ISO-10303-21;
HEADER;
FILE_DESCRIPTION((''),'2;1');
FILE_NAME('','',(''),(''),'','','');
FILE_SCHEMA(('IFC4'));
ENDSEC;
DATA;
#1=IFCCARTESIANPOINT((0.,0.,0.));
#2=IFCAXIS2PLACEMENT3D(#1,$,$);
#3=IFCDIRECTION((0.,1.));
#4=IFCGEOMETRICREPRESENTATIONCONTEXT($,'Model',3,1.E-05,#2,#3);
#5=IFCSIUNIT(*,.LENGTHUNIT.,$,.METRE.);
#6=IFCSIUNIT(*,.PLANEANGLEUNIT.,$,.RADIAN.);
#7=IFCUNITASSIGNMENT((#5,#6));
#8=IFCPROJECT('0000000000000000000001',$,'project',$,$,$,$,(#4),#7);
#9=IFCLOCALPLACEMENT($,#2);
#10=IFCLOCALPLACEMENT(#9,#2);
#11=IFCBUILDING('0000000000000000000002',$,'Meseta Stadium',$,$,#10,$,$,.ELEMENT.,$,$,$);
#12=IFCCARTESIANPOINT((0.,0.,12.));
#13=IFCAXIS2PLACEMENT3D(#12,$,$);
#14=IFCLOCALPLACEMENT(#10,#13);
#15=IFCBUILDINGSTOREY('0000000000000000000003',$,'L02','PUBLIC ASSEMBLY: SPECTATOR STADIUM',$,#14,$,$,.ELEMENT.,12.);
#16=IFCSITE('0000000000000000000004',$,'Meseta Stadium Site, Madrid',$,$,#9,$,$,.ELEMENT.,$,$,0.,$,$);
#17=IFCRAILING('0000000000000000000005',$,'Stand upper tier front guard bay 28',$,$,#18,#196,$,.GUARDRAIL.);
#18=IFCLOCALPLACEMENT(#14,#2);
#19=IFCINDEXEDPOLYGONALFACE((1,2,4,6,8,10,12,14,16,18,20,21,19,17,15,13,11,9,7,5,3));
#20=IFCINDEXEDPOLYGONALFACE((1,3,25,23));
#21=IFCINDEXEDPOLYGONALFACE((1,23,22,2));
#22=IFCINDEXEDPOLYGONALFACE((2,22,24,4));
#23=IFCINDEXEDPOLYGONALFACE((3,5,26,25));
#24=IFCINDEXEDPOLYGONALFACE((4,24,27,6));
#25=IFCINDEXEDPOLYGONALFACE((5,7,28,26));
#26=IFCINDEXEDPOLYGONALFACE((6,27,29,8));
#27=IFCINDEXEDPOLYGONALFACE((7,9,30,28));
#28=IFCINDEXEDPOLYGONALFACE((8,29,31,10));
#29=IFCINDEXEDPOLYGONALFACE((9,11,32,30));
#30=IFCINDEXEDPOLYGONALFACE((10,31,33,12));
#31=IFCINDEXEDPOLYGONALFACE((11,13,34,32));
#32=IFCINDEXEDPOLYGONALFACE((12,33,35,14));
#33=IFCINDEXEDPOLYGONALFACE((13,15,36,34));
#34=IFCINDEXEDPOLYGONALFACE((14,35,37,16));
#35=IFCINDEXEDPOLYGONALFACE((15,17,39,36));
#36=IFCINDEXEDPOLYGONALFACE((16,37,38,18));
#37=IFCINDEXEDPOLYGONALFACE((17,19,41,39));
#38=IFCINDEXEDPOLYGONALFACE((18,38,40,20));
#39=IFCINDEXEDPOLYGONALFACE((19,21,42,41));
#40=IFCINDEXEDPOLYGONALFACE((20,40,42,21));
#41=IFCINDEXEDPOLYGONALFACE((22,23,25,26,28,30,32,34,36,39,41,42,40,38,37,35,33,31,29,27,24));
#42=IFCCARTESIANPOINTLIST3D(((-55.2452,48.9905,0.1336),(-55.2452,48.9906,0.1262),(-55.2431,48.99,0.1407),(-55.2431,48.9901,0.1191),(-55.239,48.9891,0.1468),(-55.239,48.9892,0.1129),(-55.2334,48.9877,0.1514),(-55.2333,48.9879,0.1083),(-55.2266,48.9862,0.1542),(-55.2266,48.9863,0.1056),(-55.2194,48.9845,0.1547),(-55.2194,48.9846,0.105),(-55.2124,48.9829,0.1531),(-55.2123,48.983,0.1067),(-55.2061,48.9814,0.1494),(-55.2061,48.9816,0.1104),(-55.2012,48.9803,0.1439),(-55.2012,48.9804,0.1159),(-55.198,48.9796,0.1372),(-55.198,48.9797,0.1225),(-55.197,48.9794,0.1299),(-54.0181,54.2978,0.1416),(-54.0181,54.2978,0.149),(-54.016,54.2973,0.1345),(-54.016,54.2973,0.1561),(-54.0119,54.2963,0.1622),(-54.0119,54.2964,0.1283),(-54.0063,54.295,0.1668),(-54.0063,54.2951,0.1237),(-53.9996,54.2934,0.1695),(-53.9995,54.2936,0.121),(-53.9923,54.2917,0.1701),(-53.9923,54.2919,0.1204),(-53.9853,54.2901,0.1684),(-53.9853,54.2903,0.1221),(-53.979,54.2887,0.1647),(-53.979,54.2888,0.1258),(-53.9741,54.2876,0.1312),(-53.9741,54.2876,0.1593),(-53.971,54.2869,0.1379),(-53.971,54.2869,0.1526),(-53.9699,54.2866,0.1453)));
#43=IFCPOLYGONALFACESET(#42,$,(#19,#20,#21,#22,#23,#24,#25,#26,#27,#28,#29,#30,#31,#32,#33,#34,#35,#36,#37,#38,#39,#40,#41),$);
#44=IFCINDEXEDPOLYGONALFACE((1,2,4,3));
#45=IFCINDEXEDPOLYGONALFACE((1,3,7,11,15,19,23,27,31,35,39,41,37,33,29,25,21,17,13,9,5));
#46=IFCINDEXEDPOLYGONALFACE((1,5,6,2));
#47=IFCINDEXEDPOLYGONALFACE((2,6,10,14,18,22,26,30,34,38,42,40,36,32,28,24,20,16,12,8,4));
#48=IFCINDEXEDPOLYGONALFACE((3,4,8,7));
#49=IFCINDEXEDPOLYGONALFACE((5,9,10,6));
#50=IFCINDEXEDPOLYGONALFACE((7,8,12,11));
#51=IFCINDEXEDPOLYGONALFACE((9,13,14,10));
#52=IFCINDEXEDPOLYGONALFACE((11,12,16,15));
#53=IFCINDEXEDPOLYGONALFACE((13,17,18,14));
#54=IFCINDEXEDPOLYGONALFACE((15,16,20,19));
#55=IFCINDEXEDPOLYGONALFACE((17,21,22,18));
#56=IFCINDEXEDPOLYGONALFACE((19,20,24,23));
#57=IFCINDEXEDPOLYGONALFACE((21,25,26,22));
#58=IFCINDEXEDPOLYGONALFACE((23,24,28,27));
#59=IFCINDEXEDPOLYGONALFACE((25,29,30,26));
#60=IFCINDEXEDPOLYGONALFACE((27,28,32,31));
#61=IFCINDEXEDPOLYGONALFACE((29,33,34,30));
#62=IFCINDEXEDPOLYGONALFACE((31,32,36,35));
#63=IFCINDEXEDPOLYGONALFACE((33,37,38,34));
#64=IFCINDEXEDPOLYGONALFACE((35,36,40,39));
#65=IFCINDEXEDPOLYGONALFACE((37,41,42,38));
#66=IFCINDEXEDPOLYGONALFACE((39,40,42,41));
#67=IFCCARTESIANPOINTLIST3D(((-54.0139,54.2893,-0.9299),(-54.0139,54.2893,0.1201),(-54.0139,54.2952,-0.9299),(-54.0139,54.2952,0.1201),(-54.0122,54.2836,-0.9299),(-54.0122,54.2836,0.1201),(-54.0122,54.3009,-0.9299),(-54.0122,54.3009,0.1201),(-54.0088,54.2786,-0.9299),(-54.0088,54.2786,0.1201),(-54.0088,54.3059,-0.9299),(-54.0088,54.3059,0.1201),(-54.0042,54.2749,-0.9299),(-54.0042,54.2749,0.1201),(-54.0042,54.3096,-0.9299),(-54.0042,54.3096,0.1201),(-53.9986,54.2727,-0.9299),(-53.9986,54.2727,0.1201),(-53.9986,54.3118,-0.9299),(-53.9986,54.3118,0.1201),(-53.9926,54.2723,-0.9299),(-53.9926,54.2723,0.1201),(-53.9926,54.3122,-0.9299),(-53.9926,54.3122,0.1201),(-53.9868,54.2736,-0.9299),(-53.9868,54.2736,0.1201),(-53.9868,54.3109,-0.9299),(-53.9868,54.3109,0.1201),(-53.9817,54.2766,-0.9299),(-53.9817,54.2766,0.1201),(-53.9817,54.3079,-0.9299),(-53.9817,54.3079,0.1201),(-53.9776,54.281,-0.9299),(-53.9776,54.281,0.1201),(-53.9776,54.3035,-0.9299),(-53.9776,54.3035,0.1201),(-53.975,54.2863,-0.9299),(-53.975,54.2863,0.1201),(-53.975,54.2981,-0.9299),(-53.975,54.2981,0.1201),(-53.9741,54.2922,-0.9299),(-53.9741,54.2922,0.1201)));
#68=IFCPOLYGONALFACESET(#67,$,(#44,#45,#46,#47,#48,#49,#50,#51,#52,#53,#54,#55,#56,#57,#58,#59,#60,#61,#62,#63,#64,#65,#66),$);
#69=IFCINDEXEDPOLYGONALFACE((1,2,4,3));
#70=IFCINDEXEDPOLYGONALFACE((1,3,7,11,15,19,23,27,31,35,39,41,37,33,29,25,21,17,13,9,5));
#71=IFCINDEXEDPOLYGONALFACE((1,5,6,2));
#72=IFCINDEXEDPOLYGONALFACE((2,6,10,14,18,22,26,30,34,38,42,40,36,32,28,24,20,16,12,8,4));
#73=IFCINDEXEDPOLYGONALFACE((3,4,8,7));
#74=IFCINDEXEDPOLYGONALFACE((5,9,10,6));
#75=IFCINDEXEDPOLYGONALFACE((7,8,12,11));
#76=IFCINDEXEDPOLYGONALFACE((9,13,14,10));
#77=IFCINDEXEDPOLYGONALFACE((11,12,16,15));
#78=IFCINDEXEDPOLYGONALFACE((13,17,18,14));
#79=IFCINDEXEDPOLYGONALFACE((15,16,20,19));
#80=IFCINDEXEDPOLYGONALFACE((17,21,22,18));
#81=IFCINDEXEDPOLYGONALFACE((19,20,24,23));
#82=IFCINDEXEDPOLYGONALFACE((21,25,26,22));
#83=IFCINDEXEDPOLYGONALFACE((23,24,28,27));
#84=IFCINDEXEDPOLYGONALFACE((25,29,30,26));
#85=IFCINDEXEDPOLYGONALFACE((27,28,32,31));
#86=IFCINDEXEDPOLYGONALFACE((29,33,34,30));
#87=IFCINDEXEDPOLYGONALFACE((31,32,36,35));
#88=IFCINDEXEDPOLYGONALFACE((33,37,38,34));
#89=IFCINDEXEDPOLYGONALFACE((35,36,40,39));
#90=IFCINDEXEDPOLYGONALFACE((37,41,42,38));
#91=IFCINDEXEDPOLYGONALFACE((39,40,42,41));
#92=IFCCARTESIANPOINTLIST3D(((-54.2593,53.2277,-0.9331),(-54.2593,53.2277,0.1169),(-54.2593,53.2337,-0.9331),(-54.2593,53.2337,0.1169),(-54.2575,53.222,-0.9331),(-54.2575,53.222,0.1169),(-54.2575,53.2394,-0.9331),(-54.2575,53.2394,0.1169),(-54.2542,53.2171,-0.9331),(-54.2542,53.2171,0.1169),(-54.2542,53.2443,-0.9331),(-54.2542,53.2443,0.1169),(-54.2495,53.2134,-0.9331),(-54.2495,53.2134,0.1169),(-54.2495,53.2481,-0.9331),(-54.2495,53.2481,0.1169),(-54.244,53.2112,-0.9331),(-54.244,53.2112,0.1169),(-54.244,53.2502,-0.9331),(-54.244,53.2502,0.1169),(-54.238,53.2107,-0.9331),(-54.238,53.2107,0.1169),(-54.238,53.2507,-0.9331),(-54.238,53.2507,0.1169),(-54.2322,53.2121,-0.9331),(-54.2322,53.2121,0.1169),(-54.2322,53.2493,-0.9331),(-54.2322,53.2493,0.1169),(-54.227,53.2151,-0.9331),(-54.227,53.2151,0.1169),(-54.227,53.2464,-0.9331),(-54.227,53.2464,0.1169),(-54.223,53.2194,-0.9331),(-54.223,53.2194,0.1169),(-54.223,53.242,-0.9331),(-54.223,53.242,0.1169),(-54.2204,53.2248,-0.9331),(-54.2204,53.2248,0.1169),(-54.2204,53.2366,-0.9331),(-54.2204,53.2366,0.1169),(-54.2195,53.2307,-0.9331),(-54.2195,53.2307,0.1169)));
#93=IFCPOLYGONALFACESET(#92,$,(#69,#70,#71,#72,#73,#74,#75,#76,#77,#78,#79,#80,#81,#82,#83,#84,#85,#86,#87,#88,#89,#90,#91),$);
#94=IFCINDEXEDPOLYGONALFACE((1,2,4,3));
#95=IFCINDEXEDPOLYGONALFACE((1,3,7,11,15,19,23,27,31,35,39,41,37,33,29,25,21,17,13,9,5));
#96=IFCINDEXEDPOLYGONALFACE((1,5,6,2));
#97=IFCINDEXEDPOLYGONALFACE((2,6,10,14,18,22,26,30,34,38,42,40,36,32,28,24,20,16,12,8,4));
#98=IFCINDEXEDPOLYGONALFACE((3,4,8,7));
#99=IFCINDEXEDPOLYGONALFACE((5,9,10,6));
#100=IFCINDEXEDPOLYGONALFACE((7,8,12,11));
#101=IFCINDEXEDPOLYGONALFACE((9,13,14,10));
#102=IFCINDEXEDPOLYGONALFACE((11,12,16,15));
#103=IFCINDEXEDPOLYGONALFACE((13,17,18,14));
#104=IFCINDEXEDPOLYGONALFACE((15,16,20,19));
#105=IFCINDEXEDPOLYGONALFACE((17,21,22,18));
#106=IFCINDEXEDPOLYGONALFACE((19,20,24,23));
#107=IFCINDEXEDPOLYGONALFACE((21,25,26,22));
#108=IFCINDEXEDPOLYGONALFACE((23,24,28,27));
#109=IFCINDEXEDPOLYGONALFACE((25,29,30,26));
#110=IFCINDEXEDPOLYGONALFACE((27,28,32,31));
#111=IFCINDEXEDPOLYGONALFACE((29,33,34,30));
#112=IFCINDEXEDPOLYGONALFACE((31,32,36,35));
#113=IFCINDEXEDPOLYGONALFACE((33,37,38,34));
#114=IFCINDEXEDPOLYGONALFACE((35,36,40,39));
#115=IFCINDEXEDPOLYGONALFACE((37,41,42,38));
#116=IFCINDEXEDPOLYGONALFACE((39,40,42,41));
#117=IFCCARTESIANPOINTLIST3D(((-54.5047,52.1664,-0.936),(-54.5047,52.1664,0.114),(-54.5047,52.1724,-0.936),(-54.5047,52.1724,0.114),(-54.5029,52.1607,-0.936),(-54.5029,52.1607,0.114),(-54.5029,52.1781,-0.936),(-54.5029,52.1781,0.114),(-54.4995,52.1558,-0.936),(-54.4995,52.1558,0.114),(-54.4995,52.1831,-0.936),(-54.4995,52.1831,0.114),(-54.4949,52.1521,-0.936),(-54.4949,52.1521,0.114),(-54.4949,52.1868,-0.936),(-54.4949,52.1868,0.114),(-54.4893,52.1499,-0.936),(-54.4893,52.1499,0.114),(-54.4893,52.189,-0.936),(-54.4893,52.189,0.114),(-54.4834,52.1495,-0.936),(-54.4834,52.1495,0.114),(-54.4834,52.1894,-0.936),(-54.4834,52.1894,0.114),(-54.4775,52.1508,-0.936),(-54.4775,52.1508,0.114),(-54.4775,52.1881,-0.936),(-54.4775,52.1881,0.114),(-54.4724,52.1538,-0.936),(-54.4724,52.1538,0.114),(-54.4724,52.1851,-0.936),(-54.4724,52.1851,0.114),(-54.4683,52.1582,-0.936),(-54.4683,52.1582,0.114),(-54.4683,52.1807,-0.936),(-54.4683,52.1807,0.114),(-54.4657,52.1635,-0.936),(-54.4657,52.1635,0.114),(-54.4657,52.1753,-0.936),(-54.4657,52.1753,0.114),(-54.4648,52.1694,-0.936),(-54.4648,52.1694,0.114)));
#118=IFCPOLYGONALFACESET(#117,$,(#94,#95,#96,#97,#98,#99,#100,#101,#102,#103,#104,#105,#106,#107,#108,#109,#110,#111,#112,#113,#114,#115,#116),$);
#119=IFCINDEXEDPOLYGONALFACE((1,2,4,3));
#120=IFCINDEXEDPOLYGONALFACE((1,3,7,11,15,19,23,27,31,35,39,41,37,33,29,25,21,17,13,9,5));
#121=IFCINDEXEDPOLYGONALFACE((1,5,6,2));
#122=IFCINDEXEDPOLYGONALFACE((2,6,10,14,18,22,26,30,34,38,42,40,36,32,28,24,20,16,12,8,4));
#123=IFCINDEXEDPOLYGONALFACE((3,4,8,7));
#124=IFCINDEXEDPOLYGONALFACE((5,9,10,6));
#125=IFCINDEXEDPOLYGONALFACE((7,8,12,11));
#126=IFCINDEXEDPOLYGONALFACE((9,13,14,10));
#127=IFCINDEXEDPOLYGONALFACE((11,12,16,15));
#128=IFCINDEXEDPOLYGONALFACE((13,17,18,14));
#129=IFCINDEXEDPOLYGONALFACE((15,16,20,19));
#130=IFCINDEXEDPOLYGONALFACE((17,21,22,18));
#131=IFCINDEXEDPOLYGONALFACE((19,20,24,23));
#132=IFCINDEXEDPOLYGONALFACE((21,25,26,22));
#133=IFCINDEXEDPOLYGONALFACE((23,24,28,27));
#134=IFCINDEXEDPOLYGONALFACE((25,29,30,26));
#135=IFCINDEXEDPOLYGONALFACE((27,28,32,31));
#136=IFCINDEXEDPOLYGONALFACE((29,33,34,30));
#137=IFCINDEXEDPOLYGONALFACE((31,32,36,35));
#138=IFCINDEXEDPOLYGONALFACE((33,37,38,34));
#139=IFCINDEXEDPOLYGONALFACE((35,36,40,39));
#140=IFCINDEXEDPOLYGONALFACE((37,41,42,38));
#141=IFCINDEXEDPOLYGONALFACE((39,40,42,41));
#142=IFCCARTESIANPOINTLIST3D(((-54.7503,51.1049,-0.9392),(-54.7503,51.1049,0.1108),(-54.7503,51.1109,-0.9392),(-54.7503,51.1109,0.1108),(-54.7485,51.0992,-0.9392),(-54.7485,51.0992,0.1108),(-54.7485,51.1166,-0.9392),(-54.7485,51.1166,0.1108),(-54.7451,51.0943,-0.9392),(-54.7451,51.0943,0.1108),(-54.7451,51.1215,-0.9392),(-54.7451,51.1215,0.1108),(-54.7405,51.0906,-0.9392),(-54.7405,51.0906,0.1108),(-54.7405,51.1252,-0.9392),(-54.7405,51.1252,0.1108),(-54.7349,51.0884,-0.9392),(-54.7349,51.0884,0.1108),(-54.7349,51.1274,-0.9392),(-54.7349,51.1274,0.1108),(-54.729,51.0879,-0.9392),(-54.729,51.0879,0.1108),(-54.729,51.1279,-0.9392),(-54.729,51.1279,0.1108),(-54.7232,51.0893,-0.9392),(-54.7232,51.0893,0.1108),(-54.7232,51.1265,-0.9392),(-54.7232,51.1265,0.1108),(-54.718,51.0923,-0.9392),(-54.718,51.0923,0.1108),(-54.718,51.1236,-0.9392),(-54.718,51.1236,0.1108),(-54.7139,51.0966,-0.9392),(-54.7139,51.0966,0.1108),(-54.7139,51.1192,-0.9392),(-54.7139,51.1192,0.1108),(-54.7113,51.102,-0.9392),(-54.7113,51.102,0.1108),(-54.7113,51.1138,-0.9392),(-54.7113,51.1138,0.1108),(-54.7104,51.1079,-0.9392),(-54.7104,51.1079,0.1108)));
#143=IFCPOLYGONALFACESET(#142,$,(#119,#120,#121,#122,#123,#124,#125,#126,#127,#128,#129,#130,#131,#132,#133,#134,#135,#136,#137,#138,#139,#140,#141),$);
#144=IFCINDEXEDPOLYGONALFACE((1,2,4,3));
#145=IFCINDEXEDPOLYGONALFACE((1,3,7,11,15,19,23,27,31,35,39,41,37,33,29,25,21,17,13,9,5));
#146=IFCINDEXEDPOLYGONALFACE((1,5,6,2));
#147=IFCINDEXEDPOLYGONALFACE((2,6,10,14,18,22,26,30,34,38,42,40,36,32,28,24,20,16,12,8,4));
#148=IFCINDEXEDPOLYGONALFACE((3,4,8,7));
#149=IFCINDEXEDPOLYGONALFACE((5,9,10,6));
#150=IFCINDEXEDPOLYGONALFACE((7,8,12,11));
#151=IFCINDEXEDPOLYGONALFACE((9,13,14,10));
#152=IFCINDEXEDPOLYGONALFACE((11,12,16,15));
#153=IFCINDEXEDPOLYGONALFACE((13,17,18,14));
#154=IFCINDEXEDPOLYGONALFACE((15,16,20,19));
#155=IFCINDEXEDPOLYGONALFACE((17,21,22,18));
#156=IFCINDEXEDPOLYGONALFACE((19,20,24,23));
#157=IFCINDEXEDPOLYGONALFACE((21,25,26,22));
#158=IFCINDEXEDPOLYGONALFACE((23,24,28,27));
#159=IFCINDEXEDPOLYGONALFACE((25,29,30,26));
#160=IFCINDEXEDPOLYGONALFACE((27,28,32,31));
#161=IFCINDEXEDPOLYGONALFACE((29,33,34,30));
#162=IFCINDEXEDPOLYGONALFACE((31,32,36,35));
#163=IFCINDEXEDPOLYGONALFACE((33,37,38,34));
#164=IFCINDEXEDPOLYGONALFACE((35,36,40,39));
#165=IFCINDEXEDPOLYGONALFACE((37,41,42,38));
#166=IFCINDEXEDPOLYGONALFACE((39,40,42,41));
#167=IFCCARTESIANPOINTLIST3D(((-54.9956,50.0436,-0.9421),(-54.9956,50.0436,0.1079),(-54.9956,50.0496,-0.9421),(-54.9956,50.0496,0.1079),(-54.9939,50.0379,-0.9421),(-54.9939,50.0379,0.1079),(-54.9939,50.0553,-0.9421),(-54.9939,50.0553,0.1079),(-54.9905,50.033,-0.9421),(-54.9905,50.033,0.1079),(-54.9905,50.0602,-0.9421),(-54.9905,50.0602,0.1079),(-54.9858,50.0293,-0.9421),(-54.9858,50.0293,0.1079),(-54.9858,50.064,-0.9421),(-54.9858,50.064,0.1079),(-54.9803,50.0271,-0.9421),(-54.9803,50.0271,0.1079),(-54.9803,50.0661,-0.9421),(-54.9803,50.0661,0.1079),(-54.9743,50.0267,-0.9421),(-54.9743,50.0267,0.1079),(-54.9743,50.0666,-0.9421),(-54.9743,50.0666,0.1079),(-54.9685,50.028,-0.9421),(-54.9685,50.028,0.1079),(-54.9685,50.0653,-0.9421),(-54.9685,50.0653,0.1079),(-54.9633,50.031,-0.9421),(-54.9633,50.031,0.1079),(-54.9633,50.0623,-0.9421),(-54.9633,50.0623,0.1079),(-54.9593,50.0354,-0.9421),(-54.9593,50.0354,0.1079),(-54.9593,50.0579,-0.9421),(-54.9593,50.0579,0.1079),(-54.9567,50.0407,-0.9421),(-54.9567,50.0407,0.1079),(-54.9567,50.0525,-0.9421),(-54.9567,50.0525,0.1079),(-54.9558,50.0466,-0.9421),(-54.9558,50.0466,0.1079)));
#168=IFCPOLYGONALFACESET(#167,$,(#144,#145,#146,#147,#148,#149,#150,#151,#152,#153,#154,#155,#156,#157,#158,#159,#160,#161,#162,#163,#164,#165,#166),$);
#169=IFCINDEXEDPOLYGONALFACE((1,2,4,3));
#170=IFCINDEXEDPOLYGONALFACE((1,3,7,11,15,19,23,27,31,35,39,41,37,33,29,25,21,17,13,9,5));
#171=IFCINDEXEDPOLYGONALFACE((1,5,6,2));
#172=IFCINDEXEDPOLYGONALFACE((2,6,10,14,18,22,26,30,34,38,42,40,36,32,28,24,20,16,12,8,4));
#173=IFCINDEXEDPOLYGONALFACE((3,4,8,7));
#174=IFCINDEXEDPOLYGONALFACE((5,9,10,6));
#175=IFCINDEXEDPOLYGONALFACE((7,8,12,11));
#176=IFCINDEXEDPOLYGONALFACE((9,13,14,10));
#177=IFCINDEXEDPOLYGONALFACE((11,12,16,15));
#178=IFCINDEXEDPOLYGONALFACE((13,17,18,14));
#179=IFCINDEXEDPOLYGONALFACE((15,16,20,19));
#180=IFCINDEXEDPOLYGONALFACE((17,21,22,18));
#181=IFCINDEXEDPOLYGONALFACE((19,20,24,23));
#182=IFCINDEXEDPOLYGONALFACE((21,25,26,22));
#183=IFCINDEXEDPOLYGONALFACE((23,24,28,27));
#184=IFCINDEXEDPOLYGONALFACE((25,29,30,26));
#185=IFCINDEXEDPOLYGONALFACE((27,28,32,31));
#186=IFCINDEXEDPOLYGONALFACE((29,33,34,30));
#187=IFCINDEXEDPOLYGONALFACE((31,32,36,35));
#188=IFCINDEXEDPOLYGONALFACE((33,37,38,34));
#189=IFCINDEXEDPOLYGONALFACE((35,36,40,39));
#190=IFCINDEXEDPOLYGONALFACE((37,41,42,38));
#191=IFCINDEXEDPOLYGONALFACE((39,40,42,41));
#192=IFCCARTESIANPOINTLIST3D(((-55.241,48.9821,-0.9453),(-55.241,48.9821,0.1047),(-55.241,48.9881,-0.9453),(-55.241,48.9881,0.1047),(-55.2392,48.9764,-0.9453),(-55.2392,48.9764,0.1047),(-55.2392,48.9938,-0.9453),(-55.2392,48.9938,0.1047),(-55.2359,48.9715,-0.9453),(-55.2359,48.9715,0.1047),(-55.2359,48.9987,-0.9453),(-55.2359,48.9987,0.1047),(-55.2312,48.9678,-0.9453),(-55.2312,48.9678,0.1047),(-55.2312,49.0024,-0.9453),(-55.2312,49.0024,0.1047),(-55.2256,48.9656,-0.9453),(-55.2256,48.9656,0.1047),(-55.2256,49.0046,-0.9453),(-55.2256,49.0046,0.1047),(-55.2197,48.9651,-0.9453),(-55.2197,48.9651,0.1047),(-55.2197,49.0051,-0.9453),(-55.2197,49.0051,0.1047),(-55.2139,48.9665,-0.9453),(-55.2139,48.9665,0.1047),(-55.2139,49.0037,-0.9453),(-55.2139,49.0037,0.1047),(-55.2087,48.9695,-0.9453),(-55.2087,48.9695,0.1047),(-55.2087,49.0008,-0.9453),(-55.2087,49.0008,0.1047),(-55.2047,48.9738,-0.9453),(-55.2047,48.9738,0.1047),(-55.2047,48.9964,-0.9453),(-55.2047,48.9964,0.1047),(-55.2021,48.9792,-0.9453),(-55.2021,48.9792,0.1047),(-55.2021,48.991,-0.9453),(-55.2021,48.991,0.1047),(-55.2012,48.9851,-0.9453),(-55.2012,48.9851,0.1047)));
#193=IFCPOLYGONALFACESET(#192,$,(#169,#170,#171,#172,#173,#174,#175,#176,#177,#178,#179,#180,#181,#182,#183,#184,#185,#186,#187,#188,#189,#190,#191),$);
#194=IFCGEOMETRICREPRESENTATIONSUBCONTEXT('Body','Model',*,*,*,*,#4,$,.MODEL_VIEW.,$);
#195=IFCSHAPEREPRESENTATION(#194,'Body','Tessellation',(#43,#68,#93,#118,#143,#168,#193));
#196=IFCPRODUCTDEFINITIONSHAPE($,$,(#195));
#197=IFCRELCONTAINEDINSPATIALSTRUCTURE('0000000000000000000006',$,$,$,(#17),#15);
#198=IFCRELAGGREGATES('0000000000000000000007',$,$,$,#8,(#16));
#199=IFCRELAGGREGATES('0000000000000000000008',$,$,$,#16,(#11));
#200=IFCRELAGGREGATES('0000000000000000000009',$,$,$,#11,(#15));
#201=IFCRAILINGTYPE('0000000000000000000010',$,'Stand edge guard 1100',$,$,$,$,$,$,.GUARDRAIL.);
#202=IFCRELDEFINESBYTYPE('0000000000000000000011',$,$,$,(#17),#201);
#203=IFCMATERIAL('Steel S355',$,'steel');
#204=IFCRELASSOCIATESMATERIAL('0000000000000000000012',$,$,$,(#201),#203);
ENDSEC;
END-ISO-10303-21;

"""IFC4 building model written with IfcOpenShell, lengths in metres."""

from ifc_helpers import new_model, si_unit, direction, frame, origin, origin_2d, place, context, subcontext, project, spatial, circle, extrude, material, type_object, element, save


model = new_model("IFC4")

# Units and contexts
model_context = context("Model", 3, precision=1e-05, world=origin(), true_north=direction((0.0, 1.0)))
body_context = subcontext(model_context, "Body", "Model", "MODEL_VIEW")
ifc_project = project(units=[si_unit("LENGTHUNIT", "METRE"), si_unit("PLANEANGLEUNIT", "RADIAN")], contexts=[model_context])

# Site, building, storey
site_placement = place(None, origin())
site = spatial("IfcSite", under=ifc_project, at=site_placement, Name="Meseta Stadium Site, Madrid", CompositionType="ELEMENT", RefElevation=0.0)
building_placement = place(site_placement, origin())
building = spatial("IfcBuilding", under=site, at=building_placement, Name="Meseta Stadium", CompositionType="ELEMENT")
storey_placement = place(building_placement, frame((0.0, 0.0, 12.0)))
storey = spatial("IfcBuildingStorey", under=building, at=storey_placement, Name="L02", Description="PUBLIC ASSEMBLY: SPECTATOR STADIUM", CompositionType="ELEMENT", Elevation=12.0)

# Railing
ifc_material_1 = material(Name="Steel S355", Category="steel")
railing_type = type_object("IfcRailingType", Name="Stand edge guard 1100", PredefinedType="GUARDRAIL", material=ifc_material_1)
railing_1_placement = place(storey_placement, frame((-53.9941, 54.2922, -0.9299)))
element("IfcRailing", 1, at=railing_1_placement, inside=storey, type_object=railing_type, Name="Stand upper tier front guard bay 28", PredefinedType="GUARDRAIL", context=body_context, shape_type="SweptSolid", body=[
    extrude(circle(Radius=0.0249, at=origin_2d()), frame((0.0, 0.0, 1.0752), z_axis=(-0.225264, -0.974294, -0.002824), x_axis=(0.974297, -0.225265, 0.0)), (0.0, 0.0, 1.0), 5.4473),
    extrude(circle(Radius=0.02, at=origin_2d()), origin(), (0.0, 0.0, 1.0), 1.05),
    extrude(circle(Radius=0.02, at=origin_2d()), frame((-0.2454, -1.0615, -0.0032)), (0.0, 0.0, 1.0), 1.05),
    extrude(circle(Radius=0.02, at=origin_2d()), frame((-0.4907, -2.1228, -0.0061)), (0.0, 0.0, 1.0), 1.05),
    extrude(circle(Radius=0.02, at=origin_2d()), frame((-0.7363, -3.1843, -0.0093)), (0.0, 0.0, 1.0), 1.05),
    extrude(circle(Radius=0.02, at=origin_2d()), frame((-0.9817, -4.2456, -0.0122)), (0.0, 0.0, 1.0), 1.05),
    extrude(circle(Radius=0.02, at=origin_2d()), frame((-1.2271, -5.3071, -0.0154)), (0.0, 0.0, 1.0), 1.05),
])

save(model, "model.ifc")
